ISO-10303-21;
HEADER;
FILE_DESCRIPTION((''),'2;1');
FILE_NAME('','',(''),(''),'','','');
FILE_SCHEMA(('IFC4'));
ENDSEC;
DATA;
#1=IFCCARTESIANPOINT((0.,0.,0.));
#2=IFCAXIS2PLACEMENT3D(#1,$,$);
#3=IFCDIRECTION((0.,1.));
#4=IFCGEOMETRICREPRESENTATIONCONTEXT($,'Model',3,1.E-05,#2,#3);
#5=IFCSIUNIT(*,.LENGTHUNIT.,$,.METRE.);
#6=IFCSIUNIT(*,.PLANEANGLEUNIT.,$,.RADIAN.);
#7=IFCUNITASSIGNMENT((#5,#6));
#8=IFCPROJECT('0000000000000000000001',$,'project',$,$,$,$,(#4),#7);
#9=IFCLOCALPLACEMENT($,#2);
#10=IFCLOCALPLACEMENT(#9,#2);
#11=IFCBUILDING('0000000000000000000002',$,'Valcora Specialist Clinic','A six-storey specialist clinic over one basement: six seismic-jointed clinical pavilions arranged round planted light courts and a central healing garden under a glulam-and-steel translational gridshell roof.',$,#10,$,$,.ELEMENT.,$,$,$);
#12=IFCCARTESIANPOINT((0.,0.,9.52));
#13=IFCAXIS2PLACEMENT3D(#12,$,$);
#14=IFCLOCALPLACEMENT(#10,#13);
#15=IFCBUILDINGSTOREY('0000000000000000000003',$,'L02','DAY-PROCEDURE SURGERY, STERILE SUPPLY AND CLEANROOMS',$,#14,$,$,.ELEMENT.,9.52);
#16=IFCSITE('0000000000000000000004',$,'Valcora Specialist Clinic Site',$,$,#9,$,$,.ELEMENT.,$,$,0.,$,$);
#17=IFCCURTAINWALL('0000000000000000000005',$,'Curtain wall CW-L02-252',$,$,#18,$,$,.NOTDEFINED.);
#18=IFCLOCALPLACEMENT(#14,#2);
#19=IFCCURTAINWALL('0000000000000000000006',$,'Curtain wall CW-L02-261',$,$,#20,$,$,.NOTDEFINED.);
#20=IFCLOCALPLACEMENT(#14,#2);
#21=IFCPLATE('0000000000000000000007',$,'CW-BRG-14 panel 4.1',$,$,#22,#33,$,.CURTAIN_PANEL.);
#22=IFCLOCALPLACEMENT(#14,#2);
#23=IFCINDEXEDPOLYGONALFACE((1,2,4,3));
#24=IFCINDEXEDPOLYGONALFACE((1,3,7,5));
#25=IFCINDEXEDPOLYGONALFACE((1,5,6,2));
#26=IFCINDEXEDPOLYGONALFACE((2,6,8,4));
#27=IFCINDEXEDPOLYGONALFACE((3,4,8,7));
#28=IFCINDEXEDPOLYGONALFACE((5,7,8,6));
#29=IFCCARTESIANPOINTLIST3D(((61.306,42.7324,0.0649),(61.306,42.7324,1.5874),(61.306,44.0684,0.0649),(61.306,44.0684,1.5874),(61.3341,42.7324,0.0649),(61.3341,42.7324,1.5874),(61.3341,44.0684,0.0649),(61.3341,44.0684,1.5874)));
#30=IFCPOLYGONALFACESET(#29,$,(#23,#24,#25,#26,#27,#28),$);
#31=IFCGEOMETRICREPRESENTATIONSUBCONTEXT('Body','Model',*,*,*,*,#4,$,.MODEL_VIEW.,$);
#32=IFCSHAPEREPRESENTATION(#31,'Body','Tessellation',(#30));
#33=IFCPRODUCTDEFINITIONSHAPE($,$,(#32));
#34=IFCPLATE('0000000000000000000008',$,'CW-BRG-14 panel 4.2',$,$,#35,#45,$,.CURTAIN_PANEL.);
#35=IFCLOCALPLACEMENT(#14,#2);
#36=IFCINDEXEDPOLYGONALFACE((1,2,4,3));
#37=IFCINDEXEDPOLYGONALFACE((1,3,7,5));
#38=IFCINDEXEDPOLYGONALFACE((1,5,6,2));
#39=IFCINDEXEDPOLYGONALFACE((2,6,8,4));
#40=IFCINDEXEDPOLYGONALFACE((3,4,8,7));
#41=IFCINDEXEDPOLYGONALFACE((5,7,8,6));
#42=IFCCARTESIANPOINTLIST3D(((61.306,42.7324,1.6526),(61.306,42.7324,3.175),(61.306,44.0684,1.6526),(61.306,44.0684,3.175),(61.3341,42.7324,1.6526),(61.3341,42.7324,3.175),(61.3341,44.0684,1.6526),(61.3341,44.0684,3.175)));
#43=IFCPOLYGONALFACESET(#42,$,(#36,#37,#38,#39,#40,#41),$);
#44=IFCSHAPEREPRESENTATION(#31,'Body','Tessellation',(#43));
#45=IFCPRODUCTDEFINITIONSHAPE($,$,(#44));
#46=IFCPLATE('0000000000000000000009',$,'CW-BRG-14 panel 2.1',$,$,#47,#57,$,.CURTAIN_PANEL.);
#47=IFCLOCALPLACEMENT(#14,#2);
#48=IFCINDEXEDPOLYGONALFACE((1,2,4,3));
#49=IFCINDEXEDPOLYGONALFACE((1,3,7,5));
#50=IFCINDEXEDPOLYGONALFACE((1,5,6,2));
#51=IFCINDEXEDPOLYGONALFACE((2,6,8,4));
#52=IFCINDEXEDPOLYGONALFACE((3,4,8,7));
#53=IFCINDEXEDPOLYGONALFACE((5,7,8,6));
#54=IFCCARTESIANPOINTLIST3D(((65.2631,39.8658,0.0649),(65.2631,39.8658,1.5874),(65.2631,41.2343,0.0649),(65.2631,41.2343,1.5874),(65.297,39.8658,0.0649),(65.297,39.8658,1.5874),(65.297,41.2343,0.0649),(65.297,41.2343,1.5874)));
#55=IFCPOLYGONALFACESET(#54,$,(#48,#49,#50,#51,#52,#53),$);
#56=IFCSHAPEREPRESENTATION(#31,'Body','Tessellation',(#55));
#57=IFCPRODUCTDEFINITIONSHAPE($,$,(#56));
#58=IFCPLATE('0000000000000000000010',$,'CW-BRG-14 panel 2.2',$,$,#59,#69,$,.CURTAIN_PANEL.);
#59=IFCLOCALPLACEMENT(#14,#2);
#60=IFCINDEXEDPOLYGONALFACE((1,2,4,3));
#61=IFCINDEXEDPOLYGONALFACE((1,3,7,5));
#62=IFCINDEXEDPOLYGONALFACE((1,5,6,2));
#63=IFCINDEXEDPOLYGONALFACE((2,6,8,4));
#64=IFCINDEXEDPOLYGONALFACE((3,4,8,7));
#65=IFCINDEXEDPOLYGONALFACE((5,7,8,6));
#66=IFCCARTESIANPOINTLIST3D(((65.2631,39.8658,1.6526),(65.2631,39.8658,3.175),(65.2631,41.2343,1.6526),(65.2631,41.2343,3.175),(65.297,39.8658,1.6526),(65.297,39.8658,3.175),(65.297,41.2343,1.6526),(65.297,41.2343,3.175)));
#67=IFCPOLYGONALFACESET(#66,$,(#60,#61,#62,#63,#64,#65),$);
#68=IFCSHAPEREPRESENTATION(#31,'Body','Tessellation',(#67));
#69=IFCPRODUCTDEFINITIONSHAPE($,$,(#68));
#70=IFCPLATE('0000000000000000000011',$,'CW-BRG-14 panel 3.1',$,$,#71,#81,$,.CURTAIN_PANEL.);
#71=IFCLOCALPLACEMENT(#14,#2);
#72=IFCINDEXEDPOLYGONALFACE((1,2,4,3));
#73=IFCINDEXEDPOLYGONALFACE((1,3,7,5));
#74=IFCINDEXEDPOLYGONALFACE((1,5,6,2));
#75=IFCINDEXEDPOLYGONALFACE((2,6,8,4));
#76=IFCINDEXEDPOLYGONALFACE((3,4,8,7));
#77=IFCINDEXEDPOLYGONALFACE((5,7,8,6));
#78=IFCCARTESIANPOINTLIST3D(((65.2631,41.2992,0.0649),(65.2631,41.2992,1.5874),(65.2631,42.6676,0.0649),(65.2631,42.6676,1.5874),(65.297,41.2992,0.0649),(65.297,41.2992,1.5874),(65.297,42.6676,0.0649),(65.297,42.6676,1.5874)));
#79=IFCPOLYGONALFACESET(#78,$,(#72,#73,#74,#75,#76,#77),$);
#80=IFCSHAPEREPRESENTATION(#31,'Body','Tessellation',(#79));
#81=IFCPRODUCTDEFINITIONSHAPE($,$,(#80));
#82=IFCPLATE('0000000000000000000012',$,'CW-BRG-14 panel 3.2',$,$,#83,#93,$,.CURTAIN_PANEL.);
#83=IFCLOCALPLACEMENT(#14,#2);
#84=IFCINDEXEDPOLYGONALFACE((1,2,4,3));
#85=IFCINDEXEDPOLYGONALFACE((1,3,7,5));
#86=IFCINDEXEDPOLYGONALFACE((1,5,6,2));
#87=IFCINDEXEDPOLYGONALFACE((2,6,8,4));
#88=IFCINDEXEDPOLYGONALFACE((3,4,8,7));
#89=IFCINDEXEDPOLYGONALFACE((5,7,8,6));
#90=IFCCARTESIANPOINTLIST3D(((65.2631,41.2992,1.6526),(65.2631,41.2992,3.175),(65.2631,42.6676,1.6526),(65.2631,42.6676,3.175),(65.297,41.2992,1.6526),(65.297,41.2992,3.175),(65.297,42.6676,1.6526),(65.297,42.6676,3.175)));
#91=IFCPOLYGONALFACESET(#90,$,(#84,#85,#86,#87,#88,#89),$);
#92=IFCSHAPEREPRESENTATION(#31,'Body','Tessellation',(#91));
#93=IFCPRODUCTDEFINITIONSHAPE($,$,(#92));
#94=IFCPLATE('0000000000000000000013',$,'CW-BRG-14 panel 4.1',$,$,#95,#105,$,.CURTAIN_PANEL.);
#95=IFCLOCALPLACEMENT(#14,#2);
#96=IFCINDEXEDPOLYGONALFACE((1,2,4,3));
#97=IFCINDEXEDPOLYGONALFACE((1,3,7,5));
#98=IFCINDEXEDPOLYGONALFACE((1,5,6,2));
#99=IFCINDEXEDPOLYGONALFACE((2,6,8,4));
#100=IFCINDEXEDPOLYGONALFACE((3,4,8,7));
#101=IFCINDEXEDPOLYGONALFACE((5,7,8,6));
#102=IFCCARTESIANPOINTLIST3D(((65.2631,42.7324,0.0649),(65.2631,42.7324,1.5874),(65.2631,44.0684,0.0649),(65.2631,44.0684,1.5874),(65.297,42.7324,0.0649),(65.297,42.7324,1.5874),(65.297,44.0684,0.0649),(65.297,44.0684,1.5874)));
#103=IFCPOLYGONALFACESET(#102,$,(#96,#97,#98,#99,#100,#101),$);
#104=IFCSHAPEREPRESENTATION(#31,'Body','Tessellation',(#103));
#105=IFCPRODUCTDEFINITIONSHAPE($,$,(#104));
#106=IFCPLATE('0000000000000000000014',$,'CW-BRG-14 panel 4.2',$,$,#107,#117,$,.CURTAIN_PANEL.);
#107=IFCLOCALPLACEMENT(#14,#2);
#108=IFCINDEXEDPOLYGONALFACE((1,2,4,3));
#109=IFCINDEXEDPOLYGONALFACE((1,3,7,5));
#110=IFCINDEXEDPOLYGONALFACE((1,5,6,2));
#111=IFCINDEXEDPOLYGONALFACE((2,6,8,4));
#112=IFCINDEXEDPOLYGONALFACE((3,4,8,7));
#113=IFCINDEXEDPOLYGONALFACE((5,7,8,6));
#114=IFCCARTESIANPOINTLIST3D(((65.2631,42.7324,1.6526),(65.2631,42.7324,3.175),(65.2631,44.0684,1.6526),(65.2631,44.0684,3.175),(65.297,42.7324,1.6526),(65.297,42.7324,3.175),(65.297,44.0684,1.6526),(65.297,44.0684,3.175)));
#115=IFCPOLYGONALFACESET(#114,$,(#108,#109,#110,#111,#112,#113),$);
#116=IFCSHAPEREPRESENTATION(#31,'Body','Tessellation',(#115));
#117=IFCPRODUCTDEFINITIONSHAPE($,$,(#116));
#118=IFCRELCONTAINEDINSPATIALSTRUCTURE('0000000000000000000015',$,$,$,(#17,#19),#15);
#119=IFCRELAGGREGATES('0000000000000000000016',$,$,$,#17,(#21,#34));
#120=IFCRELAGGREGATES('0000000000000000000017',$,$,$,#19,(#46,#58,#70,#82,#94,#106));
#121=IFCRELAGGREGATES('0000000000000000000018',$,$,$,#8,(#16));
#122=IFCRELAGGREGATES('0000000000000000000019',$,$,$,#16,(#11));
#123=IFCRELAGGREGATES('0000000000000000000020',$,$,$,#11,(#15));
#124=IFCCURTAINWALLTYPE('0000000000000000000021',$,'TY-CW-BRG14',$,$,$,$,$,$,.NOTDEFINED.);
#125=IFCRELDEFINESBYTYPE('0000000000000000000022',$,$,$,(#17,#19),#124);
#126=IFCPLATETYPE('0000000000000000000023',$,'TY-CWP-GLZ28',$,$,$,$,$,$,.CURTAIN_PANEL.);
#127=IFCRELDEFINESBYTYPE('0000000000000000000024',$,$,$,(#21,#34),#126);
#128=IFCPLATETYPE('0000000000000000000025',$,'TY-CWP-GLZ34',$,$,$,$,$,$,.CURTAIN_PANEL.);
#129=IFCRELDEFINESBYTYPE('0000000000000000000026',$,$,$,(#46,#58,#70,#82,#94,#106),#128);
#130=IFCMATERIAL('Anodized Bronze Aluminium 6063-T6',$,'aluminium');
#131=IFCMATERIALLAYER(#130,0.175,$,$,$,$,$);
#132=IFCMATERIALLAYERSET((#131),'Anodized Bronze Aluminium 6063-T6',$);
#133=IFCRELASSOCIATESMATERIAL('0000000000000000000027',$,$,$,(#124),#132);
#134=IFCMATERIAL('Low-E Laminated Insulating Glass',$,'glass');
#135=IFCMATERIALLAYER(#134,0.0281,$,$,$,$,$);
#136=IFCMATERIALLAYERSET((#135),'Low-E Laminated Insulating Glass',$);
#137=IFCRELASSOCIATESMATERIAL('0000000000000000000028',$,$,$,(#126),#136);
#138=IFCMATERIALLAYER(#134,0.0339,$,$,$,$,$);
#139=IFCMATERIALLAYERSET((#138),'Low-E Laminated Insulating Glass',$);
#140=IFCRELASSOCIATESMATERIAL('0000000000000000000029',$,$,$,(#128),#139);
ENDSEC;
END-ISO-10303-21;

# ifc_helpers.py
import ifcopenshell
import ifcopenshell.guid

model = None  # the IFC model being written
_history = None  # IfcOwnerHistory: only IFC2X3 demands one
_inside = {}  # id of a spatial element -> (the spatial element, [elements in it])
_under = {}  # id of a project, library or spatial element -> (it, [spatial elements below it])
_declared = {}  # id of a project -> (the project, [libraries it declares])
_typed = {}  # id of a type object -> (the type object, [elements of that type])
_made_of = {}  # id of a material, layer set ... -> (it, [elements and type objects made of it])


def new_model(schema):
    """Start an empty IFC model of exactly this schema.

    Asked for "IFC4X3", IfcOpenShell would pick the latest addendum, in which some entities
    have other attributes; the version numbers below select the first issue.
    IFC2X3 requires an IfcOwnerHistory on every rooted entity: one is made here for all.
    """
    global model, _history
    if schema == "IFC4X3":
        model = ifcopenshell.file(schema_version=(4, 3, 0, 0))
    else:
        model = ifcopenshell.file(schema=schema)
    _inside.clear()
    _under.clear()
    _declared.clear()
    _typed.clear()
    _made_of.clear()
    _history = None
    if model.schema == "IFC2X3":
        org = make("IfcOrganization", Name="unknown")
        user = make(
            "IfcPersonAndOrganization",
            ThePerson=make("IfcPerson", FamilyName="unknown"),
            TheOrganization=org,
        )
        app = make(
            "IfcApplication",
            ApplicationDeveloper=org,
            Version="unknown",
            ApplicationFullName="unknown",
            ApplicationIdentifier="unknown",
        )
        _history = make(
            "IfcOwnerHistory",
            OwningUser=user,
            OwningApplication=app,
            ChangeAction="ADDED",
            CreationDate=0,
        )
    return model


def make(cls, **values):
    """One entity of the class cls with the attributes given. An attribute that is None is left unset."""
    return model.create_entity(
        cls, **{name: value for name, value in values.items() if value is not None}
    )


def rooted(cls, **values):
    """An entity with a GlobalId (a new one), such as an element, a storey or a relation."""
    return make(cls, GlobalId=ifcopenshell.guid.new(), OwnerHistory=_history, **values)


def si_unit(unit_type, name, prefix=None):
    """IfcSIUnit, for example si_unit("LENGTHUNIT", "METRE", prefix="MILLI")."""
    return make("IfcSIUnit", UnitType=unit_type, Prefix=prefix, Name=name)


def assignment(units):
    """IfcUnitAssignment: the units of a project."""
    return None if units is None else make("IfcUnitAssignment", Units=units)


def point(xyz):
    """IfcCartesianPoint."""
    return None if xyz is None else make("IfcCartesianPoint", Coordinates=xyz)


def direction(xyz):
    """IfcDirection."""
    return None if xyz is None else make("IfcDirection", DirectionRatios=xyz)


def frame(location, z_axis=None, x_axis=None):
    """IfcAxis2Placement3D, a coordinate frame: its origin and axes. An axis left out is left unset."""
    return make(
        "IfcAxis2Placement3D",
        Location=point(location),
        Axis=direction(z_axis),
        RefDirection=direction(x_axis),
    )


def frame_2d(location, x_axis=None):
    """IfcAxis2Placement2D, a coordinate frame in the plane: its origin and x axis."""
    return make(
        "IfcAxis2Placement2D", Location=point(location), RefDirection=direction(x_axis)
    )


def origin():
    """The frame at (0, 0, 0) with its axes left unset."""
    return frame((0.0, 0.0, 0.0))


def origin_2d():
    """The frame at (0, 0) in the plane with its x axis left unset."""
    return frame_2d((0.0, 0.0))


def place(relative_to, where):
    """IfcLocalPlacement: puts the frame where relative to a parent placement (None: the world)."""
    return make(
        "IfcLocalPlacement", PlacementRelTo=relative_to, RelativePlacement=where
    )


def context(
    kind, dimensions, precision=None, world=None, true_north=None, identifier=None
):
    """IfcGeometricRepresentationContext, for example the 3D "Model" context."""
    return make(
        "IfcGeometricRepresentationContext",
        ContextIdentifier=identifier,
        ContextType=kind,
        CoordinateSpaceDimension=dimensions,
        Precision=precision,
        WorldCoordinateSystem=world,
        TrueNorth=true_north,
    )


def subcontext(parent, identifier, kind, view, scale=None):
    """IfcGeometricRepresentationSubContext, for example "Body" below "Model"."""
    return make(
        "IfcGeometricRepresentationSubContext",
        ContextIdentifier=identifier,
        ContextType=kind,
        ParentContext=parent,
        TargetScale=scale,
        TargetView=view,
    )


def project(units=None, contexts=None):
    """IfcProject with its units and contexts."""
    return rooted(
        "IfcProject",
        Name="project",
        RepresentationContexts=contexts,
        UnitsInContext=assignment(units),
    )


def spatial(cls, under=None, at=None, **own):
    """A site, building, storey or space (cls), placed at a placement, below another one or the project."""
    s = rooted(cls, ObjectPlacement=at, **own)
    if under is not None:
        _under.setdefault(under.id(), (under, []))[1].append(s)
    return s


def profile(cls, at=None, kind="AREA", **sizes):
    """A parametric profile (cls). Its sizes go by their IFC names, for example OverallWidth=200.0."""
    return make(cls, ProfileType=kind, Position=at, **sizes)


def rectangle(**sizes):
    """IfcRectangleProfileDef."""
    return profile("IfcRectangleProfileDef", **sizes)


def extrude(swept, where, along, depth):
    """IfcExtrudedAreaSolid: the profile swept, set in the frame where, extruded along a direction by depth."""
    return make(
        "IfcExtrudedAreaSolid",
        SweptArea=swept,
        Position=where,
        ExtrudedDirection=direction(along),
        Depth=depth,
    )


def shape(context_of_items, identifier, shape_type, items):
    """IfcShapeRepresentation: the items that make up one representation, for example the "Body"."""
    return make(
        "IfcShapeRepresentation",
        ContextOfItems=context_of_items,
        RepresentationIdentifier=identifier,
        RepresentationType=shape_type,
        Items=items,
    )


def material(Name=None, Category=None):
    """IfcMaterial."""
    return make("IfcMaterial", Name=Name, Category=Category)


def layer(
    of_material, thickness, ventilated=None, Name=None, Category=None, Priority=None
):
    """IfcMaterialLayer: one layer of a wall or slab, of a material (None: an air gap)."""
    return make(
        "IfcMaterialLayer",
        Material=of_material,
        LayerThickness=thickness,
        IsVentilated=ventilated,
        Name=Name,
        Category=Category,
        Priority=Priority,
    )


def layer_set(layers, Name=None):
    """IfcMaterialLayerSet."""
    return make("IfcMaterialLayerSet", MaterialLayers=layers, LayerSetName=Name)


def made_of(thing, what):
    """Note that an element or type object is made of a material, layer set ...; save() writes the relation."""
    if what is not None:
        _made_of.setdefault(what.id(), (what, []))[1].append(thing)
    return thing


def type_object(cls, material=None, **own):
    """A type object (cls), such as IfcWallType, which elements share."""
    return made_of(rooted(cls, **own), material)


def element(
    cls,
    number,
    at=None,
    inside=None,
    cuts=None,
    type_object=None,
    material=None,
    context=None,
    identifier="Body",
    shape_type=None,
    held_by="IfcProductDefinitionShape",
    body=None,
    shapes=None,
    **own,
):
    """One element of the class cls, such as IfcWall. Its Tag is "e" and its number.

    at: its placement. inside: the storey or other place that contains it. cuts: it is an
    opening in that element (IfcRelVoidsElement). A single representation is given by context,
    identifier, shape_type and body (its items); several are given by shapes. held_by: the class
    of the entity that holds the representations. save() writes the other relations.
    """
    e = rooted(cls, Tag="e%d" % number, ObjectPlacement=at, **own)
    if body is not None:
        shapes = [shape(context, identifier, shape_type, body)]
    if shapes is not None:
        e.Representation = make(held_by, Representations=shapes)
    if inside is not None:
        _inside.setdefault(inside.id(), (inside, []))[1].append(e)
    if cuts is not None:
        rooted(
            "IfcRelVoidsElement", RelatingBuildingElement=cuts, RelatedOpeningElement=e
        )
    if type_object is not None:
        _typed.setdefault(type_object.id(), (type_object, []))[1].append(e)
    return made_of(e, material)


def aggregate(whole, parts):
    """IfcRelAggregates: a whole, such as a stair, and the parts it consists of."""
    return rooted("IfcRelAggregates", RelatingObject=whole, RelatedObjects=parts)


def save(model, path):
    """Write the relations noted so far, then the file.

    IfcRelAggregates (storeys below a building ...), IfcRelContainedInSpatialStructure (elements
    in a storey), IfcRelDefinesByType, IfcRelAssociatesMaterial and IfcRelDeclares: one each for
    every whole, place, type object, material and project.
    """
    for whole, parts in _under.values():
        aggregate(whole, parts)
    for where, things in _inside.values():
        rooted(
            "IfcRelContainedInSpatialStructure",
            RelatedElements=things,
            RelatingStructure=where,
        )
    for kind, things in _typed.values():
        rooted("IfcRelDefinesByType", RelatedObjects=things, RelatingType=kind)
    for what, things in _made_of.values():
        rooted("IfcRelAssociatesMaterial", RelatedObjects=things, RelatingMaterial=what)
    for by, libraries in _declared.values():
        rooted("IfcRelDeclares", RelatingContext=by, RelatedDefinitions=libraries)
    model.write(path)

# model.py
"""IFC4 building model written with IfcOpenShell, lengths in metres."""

from ifc_helpers import new_model, si_unit, direction, frame, origin, origin_2d, place, context, subcontext, project, spatial, rectangle, extrude, material, layer, layer_set, type_object, element, aggregate, save


model = new_model("IFC4")

# Units and contexts
model_context = context("Model", 3, precision=1e-05, world=origin(), true_north=direction((0.0, 1.0)))
body_context = subcontext(model_context, "Body", "Model", "MODEL_VIEW")
ifc_project = project(units=[si_unit("LENGTHUNIT", "METRE"), si_unit("PLANEANGLEUNIT", "RADIAN")], contexts=[model_context])

# Site, building, storey
site_placement = place(None, origin())
site = spatial("IfcSite", under=ifc_project, at=site_placement, Name="Valcora Specialist Clinic Site", CompositionType="ELEMENT", RefElevation=0.0)
building_placement = place(site_placement, origin())
building = spatial("IfcBuilding", under=site, at=building_placement, Name="Valcora Specialist Clinic", Description="A six-storey specialist clinic over one basement: six seismic-jointed clinical pavilions arranged round planted light courts and a central healing garden under a glulam-and-steel translational gridshell roof.", CompositionType="ELEMENT")
storey_placement = place(building_placement, frame((0.0, 0.0, 9.52)))
storey = spatial("IfcBuildingStorey", under=building, at=storey_placement, Name="L02", Description="DAY-PROCEDURE SURGERY, STERILE SUPPLY AND CLEANROOMS", CompositionType="ELEMENT", Elevation=9.52)

# Curtain walls
ifc_material_1 = material(Name="Anodized Bronze Aluminium 6063-T6", Category="aluminium")
ifc_layer_1 = layer(ifc_material_1, 0.175)
ifc_layer_set_1 = layer_set([ifc_layer_1], Name="Anodized Bronze Aluminium 6063-T6")
curtain_wall_type = type_object("IfcCurtainWallType", Name="TY-CW-BRG14", PredefinedType="NOTDEFINED", material=ifc_layer_set_1)
curtain_wall_1_placement = place(storey_placement, origin())
curtain_wall_1 = element("IfcCurtainWall", 1, at=curtain_wall_1_placement, inside=storey, type_object=curtain_wall_type, Name="Curtain wall CW-L02-252", PredefinedType="NOTDEFINED")
curtain_wall_2_placement = place(storey_placement, origin())
curtain_wall_2 = element("IfcCurtainWall", 2, at=curtain_wall_2_placement, inside=storey, type_object=curtain_wall_type, Name="Curtain wall CW-L02-261", PredefinedType="NOTDEFINED")

# Plates
ifc_material_2 = material(Name="Low-E Laminated Insulating Glass", Category="glass")
ifc_layer_2 = layer(ifc_material_2, 0.0281)
ifc_layer_set_2 = layer_set([ifc_layer_2], Name="Low-E Laminated Insulating Glass")
plate_type_1 = type_object("IfcPlateType", Name="TY-CWP-GLZ28", PredefinedType="CURTAIN_PANEL", material=ifc_layer_set_2)
plate_1_placement = place(storey_placement, frame((61.3201, 43.4004, 0.0649), z_axis=(0.0, 0.0, 1.0), x_axis=(0.0, 1.0, 0.0)))
plate_1 = element("IfcPlate", 3, at=plate_1_placement, type_object=plate_type_1, Name="CW-BRG-14 panel 4.1", PredefinedType="CURTAIN_PANEL", context=body_context, shape_type="SweptSolid", body=[
    extrude(rectangle(XDim=1.3359, YDim=0.0281, at=origin_2d()), origin(), (0.0, 0.0, 1.0), 1.5225),
])
plate_2_placement = place(storey_placement, frame((61.3201, 43.4004, 1.6526), z_axis=(0.0, 0.0, 1.0), x_axis=(0.0, 1.0, 0.0)))
plate_2 = element("IfcPlate", 4, at=plate_2_placement, type_object=plate_type_1, Name="CW-BRG-14 panel 4.2", PredefinedType="CURTAIN_PANEL", context=body_context, shape_type="SweptSolid", body=[
    extrude(rectangle(XDim=1.3359, YDim=0.0281, at=origin_2d()), origin(), (0.0, 0.0, 1.0), 1.5225),
])
aggregate(curtain_wall_1, [plate_1, plate_2])
ifc_layer_3 = layer(ifc_material_2, 0.0339)
ifc_layer_set_3 = layer_set([ifc_layer_3], Name="Low-E Laminated Insulating Glass")
plate_type_2 = type_object("IfcPlateType", Name="TY-CWP-GLZ34", PredefinedType="CURTAIN_PANEL", material=ifc_layer_set_3)
plate_3_placement = place(storey_placement, frame((65.28, 40.55, 0.0649), z_axis=(0.0, 0.0, 1.0), x_axis=(0.0, 1.0, 0.0)))
plate_3 = element("IfcPlate", 5, at=plate_3_placement, type_object=plate_type_2, Name="CW-BRG-14 panel 2.1", PredefinedType="CURTAIN_PANEL", context=body_context, shape_type="SweptSolid", body=[
    extrude(rectangle(XDim=1.3684, YDim=0.0339, at=origin_2d()), origin(), (0.0, 0.0, 1.0), 1.5225),
])
plate_4_placement = place(storey_placement, frame((65.28, 40.55, 1.6526), z_axis=(0.0, 0.0, 1.0), x_axis=(0.0, 1.0, 0.0)))
plate_4 = element("IfcPlate", 6, at=plate_4_placement, type_object=plate_type_2, Name="CW-BRG-14 panel 2.2", PredefinedType="CURTAIN_PANEL", context=body_context, shape_type="SweptSolid", body=[
    extrude(rectangle(XDim=1.3684, YDim=0.0339, at=origin_2d()), origin(), (0.0, 0.0, 1.0), 1.5225),
])
plate_5_placement = place(storey_placement, frame((65.28, 41.9834, 0.0649), z_axis=(0.0, 0.0, 1.0), x_axis=(0.0, 1.0, 0.0)))
plate_5 = element("IfcPlate", 7, at=plate_5_placement, type_object=plate_type_2, Name="CW-BRG-14 panel 3.1", PredefinedType="CURTAIN_PANEL", context=body_context, shape_type="SweptSolid", body=[
    extrude(rectangle(XDim=1.3684, YDim=0.0339, at=origin_2d()), origin(), (0.0, 0.0, 1.0), 1.5225),
])
plate_6_placement = place(storey_placement, frame((65.28, 41.9834, 1.6526), z_axis=(0.0, 0.0, 1.0), x_axis=(0.0, 1.0, 0.0)))
plate_6 = element("IfcPlate", 8, at=plate_6_placement, type_object=plate_type_2, Name="CW-BRG-14 panel 3.2", PredefinedType="CURTAIN_PANEL", context=body_context, shape_type="SweptSolid", body=[
    extrude(rectangle(XDim=1.3684, YDim=0.0339, at=origin_2d()), origin(), (0.0, 0.0, 1.0), 1.5225),
])
plate_7_placement = place(storey_placement, frame((65.28, 43.4004, 0.0649), z_axis=(0.0, 0.0, 1.0), x_axis=(0.0, 1.0, 0.0)))
plate_7 = element("IfcPlate", 9, at=plate_7_placement, type_object=plate_type_2, Name="CW-BRG-14 panel 4.1", PredefinedType="CURTAIN_PANEL", context=body_context, shape_type="SweptSolid", body=[
    extrude(rectangle(XDim=1.3359, YDim=0.0339, at=origin_2d()), origin(), (0.0, 0.0, 1.0), 1.5225),
])
plate_8_placement = place(storey_placement, frame((65.28, 43.4004, 1.6526), z_axis=(0.0, 0.0, 1.0), x_axis=(0.0, 1.0, 0.0)))
plate_8 = element("IfcPlate", 10, at=plate_8_placement, type_object=plate_type_2, Name="CW-BRG-14 panel 4.2", PredefinedType="CURTAIN_PANEL", context=body_context, shape_type="SweptSolid", body=[
    extrude(rectangle(XDim=1.3359, YDim=0.0339, at=origin_2d()), origin(), (0.0, 0.0, 1.0), 1.5225),
])
aggregate(curtain_wall_2, [plate_3, plate_4, plate_5, plate_6, plate_7, plate_8])

save(model, "model.ifc")
